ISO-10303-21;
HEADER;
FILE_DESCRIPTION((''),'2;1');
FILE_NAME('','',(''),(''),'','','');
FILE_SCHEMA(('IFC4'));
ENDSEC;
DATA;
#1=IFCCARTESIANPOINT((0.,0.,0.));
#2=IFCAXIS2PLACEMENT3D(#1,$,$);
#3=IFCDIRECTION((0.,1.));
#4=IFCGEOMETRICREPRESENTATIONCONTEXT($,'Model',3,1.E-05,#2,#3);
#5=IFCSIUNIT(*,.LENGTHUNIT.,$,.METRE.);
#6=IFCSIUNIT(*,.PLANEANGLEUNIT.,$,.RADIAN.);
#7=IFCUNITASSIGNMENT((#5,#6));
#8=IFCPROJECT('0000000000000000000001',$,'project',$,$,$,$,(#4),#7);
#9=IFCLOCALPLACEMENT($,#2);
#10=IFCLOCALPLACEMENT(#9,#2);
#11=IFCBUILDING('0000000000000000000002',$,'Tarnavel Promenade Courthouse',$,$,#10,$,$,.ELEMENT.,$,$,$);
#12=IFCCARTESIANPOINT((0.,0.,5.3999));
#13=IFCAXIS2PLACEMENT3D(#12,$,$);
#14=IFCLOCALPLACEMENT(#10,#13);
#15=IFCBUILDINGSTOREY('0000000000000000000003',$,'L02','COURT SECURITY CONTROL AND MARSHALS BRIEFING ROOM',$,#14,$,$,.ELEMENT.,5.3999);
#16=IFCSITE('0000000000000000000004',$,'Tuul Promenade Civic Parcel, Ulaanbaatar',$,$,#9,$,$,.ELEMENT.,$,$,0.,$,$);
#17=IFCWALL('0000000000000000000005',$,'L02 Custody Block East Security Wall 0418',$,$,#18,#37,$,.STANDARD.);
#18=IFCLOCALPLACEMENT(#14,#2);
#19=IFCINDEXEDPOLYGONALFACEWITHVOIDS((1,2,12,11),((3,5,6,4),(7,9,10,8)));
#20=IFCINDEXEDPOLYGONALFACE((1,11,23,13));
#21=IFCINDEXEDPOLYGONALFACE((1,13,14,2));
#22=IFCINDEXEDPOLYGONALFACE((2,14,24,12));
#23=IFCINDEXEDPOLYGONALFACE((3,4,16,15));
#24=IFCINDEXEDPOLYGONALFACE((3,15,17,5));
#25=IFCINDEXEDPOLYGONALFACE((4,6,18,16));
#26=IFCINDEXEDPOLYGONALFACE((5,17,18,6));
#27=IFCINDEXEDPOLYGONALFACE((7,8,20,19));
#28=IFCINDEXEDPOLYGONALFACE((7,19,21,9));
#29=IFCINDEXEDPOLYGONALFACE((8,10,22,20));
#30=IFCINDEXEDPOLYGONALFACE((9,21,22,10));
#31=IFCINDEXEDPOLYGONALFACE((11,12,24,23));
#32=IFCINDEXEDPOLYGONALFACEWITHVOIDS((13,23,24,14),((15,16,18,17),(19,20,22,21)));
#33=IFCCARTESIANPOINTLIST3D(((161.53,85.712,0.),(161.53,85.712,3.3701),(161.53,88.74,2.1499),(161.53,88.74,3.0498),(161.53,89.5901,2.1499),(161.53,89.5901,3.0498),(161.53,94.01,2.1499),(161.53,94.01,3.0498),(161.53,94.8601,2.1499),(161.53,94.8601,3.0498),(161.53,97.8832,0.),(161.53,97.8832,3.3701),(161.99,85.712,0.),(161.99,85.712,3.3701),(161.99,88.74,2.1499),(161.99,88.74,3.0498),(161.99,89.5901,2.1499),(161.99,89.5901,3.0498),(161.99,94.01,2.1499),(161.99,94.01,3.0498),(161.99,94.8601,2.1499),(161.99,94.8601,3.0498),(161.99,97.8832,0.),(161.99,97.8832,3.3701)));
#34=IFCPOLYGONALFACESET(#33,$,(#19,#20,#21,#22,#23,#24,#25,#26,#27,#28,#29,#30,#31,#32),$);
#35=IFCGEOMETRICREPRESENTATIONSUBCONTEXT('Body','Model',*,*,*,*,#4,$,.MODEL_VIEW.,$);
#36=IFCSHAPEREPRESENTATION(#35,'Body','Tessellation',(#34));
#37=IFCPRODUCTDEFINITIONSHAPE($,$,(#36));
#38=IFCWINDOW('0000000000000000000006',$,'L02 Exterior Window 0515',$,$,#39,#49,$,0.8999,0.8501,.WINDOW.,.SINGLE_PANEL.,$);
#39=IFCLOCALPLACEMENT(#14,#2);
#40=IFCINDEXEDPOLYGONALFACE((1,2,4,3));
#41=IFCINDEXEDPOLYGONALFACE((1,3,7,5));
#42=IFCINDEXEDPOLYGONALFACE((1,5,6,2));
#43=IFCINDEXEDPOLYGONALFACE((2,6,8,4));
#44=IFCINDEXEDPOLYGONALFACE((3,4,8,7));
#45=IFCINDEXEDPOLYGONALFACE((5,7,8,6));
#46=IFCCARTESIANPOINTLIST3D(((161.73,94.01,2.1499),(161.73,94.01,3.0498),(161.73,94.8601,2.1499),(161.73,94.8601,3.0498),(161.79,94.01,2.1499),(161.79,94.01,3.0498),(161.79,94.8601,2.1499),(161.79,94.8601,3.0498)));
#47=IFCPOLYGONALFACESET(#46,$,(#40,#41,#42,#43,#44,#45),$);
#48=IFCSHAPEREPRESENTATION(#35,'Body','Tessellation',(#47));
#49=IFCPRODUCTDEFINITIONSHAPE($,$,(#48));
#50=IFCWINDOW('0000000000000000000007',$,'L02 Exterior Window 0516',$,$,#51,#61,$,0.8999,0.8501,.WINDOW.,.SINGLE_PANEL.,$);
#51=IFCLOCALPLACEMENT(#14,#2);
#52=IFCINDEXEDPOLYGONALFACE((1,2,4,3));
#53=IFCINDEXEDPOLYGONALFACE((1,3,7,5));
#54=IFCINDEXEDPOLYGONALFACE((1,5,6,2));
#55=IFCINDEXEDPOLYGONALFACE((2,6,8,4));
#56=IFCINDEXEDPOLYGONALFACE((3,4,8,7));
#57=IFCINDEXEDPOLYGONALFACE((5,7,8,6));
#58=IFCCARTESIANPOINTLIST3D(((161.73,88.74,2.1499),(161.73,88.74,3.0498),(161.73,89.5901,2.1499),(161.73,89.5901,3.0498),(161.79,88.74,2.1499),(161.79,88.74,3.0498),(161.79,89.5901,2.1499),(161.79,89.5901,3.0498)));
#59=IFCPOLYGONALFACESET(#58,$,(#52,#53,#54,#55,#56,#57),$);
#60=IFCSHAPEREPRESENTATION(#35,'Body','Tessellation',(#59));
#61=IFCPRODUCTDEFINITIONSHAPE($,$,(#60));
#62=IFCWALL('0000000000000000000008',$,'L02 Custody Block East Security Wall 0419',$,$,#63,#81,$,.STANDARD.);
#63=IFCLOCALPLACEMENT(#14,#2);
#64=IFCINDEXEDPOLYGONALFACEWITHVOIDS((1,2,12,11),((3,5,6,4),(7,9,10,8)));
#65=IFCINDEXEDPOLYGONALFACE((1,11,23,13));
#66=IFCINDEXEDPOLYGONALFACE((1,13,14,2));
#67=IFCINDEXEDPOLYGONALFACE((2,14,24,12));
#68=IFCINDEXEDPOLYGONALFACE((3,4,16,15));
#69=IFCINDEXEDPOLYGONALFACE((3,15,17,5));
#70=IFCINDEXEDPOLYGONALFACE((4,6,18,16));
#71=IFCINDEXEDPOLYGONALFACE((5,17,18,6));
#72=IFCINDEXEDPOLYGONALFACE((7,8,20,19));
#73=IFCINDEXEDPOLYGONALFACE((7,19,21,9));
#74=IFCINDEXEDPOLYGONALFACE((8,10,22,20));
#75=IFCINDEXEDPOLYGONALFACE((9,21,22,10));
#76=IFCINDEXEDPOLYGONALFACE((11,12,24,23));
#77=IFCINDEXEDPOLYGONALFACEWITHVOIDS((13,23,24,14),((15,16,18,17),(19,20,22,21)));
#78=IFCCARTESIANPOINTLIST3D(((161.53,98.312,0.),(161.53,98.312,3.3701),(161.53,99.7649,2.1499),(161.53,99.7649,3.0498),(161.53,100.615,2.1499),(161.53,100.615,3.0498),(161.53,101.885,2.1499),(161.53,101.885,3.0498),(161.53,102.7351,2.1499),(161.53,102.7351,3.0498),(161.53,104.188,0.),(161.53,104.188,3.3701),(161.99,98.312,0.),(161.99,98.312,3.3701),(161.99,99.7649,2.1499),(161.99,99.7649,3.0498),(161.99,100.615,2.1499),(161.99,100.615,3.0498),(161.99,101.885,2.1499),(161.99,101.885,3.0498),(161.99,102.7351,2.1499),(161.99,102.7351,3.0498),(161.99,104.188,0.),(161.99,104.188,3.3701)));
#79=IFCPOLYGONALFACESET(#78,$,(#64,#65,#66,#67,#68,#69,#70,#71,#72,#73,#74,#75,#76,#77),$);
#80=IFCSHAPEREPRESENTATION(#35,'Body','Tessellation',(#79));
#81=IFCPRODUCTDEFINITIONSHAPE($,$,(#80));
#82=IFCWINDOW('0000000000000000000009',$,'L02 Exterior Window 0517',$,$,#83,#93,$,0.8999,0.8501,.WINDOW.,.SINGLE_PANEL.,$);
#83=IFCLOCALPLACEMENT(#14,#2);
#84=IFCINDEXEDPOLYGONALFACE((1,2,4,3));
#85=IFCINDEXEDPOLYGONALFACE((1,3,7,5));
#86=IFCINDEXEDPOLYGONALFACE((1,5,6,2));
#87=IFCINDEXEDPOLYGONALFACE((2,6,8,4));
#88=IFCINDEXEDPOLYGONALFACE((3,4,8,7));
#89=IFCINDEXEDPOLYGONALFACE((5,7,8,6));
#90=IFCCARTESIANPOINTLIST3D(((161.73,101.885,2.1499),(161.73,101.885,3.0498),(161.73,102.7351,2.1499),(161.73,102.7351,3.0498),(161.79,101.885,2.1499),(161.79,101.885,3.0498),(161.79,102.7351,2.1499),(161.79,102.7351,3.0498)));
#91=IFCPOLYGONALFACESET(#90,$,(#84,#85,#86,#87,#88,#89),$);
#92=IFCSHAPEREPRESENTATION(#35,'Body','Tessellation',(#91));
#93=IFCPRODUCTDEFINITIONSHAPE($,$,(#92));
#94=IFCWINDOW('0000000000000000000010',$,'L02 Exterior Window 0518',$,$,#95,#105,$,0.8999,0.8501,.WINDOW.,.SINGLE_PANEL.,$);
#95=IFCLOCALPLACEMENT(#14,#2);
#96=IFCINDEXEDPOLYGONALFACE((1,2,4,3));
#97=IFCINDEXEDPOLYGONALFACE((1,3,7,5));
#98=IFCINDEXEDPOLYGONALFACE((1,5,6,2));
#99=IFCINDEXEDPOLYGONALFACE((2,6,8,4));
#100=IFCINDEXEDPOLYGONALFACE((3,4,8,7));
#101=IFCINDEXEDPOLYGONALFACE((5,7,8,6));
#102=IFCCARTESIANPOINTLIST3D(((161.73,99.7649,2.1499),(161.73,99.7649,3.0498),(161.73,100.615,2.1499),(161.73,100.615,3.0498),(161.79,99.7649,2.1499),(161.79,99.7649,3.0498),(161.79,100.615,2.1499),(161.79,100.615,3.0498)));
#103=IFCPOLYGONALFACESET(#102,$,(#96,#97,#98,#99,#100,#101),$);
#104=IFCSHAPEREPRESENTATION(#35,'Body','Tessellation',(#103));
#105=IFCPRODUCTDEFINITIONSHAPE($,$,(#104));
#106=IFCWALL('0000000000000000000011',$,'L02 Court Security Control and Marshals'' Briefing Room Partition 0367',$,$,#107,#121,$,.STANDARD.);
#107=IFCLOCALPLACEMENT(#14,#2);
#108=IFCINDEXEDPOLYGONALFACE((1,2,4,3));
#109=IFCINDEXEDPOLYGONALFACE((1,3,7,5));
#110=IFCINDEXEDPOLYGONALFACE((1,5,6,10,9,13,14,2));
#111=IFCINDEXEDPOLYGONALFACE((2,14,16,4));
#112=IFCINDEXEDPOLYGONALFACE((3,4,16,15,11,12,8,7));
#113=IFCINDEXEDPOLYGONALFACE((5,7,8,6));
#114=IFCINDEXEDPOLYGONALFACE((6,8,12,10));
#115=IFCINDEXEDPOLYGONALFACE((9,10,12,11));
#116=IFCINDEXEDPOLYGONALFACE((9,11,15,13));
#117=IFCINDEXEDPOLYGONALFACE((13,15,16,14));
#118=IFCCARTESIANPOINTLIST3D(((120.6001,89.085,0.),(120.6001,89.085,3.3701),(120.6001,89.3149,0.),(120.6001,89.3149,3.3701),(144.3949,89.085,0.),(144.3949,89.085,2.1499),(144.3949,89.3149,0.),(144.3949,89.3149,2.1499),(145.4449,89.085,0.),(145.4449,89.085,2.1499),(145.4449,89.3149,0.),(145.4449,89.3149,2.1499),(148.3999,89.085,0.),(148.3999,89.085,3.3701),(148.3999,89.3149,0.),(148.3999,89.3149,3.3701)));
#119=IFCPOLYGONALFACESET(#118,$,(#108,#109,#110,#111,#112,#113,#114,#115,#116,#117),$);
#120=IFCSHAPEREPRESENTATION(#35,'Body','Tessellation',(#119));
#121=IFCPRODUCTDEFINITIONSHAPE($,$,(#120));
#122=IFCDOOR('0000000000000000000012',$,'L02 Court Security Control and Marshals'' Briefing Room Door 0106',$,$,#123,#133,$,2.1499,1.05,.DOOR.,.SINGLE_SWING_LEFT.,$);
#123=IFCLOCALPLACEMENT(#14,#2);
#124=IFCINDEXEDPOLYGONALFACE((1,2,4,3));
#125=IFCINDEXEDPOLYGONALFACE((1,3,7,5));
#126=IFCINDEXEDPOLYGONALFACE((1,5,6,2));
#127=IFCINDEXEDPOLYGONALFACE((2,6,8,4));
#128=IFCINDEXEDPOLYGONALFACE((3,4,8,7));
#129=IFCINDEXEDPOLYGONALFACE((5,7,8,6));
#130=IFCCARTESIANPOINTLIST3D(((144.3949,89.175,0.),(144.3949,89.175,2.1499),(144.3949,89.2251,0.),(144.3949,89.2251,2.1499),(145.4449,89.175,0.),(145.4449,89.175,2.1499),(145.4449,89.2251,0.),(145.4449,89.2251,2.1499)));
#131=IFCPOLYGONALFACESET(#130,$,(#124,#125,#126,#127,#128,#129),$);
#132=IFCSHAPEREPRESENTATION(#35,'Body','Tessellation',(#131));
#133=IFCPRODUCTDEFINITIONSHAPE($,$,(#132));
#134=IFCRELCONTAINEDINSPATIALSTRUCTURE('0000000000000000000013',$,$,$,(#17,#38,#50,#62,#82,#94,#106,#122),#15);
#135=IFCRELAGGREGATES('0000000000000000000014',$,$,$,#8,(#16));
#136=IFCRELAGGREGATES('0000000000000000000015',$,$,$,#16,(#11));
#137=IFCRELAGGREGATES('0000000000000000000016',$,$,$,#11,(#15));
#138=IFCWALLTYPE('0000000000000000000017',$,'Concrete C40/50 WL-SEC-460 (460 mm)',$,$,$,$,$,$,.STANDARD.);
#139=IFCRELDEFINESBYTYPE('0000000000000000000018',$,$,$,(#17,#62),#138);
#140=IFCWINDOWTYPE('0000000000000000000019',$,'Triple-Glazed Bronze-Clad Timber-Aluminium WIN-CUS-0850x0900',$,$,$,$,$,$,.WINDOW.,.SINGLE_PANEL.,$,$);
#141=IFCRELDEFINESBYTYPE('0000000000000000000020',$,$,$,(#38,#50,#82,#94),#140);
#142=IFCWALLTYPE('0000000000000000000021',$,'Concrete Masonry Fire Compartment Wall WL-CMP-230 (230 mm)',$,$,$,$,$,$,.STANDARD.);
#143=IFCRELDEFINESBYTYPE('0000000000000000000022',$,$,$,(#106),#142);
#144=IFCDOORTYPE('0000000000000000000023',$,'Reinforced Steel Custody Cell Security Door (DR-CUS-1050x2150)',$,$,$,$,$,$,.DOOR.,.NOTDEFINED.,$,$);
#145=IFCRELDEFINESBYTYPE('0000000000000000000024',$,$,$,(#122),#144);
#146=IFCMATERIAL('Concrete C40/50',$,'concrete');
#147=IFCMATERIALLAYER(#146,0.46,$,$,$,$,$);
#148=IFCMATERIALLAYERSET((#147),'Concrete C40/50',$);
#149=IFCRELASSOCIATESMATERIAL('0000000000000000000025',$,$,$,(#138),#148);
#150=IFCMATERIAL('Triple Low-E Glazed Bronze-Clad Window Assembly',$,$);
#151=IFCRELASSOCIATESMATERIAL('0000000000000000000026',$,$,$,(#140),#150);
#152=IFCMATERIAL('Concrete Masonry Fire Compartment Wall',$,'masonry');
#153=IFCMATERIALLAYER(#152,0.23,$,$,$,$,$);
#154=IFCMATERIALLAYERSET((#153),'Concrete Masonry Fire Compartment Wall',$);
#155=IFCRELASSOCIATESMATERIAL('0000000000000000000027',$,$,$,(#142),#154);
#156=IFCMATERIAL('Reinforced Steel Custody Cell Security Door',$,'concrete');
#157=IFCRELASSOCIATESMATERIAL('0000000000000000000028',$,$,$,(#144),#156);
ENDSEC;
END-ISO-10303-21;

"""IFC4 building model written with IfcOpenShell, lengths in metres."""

from ifc_helpers import new_model, si_unit, direction, frame, frame_2d, origin, place, context, subcontext, project, spatial, rectangle, extrude, material, layer, layer_set, type_object, element, fill, save


model = new_model("IFC4")

# Units and contexts
model_context = context("Model", 3, precision=1e-05, world=origin(), true_north=direction((0.0, 1.0)))
body_context = subcontext(model_context, "Body", "Model", "MODEL_VIEW")
ifc_project = project(units=[si_unit("LENGTHUNIT", "METRE"), si_unit("PLANEANGLEUNIT", "RADIAN")], contexts=[model_context])

# Site, building, storey
site_placement = place(None, origin())
site = spatial("IfcSite", under=ifc_project, at=site_placement, Name="Tuul Promenade Civic Parcel, Ulaanbaatar", CompositionType="ELEMENT", RefElevation=0.0)
building_placement = place(site_placement, origin())
building = spatial("IfcBuilding", under=site, at=building_placement, Name="Tarnavel Promenade Courthouse", CompositionType="ELEMENT")
storey_placement = place(building_placement, frame((0.0, 0.0, 5.3999)))
storey = spatial("IfcBuildingStorey", under=building, at=storey_placement, Name="L02", Description="COURT SECURITY CONTROL AND MARSHALS BRIEFING ROOM", CompositionType="ELEMENT", Elevation=5.3999)

# Shared definitions
ifc_material_1 = material(Name="Concrete C40/50", Category="concrete")

# Walls, openings, windows
ifc_layer_1 = layer(ifc_material_1, 0.46)
ifc_layer_set_1 = layer_set([ifc_layer_1], Name="Concrete C40/50")
wall_type_1 = type_object("IfcWallType", Name="Concrete C40/50 WL-SEC-460 (460 mm)", PredefinedType="STANDARD", material=ifc_layer_set_1)
wall_1_placement = place(storey_placement, frame((161.76, 97.8831, 0.0), z_axis=(0.0, 0.0, 1.0), x_axis=(0.0, -1.0, 0.0)))
wall_1 = element("IfcWall", 1, at=wall_1_placement, inside=storey, type_object=wall_type_1, Name="L02 Custody Block East Security Wall 0418", PredefinedType="STANDARD", context=body_context, shape_type="SweptSolid", body=[
    extrude(rectangle(XDim=12.1711, YDim=0.46, at=frame_2d((6.0854, 0.0))), origin(), (0.0, 0.0, 1.0), 3.3701),
])
opening_1_placement = place(wall_1_placement, frame((3.0229, 0.0, 2.1499)))
opening_1 = element("IfcOpeningElement", 2, at=opening_1_placement, cuts=wall_1, PredefinedType="OPENING", context=body_context, shape_type="SweptSolid", body=[
    extrude(rectangle(XDim=0.8501, YDim=0.8999, at=frame_2d((0.425, 0.45))), frame((0.0, 0.24, 0.0), z_axis=(0.0, -1.0, 0.0), x_axis=(1.0, 0.0, 0.0)), (0.0, 0.0, 1.0), 0.48),
])
opening_2_placement = place(wall_1_placement, frame((8.293, 0.0, 2.1499)))
opening_2 = element("IfcOpeningElement", 3, at=opening_2_placement, cuts=wall_1, PredefinedType="OPENING", context=body_context, shape_type="SweptSolid", body=[
    extrude(rectangle(XDim=0.8501, YDim=0.8999, at=frame_2d((0.425, 0.45))), frame((0.0, 0.24, 0.0), z_axis=(0.0, -1.0, 0.0), x_axis=(1.0, 0.0, 0.0)), (0.0, 0.0, 1.0), 0.48),
])
ifc_material_2 = material(Name="Triple Low-E Glazed Bronze-Clad Window Assembly")
window_type = type_object("IfcWindowType", Name="Triple-Glazed Bronze-Clad Timber-Aluminium WIN-CUS-0850x0900", PartitioningType="SINGLE_PANEL", PredefinedType="WINDOW", material=ifc_material_2)
window_1_placement = place(opening_1_placement, origin())
window_1 = element("IfcWindow", 4, at=window_1_placement, inside=storey, type_object=window_type, Name="L02 Exterior Window 0515", OverallHeight=0.8999, OverallWidth=0.8501, PartitioningType="SINGLE_PANEL", PredefinedType="WINDOW", context=body_context, shape_type="SweptSolid", body=[
    extrude(rectangle(XDim=0.8501, YDim=0.8999, at=frame_2d((0.425, 0.45))), frame((0.0, 0.03, 0.0), z_axis=(0.0, -1.0, 0.0), x_axis=(1.0, 0.0, 0.0)), (0.0, 0.0, 1.0), 0.0601),
])
fill(opening_1, window_1)
window_2_placement = place(opening_2_placement, origin())
window_2 = element("IfcWindow", 5, at=window_2_placement, inside=storey, type_object=window_type, Name="L02 Exterior Window 0516", OverallHeight=0.8999, OverallWidth=0.8501, PartitioningType="SINGLE_PANEL", PredefinedType="WINDOW", context=body_context, shape_type="SweptSolid", body=[
    extrude(rectangle(XDim=0.8501, YDim=0.8999, at=frame_2d((0.425, 0.45))), frame((0.0, 0.03, 0.0), z_axis=(0.0, -1.0, 0.0), x_axis=(1.0, 0.0, 0.0)), (0.0, 0.0, 1.0), 0.0601),
])
fill(opening_2, window_2)
wall_2_placement = place(storey_placement, frame((161.76, 104.188, 0.0), z_axis=(0.0, 0.0, 1.0), x_axis=(0.0, -1.0, 0.0)))
wall_2 = element("IfcWall", 6, at=wall_2_placement, inside=storey, type_object=wall_type_1, Name="L02 Custody Block East Security Wall 0419", PredefinedType="STANDARD", context=body_context, shape_type="SweptSolid", body=[
    extrude(rectangle(XDim=5.876, YDim=0.46, at=frame_2d((2.938, 0.0))), origin(), (0.0, 0.0, 1.0), 3.3701),
])
opening_3_placement = place(wall_2_placement, frame((1.4529, 0.0, 2.1499)))
opening_3 = element("IfcOpeningElement", 7, at=opening_3_placement, cuts=wall_2, PredefinedType="OPENING", context=body_context, shape_type="SweptSolid", body=[
    extrude(rectangle(XDim=0.8501, YDim=0.8999, at=frame_2d((0.425, 0.45))), frame((0.0, 0.24, 0.0), z_axis=(0.0, -1.0, 0.0), x_axis=(1.0, 0.0, 0.0)), (0.0, 0.0, 1.0), 0.48),
])
opening_4_placement = place(wall_2_placement, frame((3.573, 0.0, 2.1499)))
opening_4 = element("IfcOpeningElement", 8, at=opening_4_placement, cuts=wall_2, PredefinedType="OPENING", context=body_context, shape_type="SweptSolid", body=[
    extrude(rectangle(XDim=0.8501, YDim=0.8999, at=frame_2d((0.425, 0.45))), frame((0.0, 0.24, 0.0), z_axis=(0.0, -1.0, 0.0), x_axis=(1.0, 0.0, 0.0)), (0.0, 0.0, 1.0), 0.48),
])
window_3_placement = place(opening_3_placement, origin())
window_3 = element("IfcWindow", 9, at=window_3_placement, inside=storey, type_object=window_type, Name="L02 Exterior Window 0517", OverallHeight=0.8999, OverallWidth=0.8501, PartitioningType="SINGLE_PANEL", PredefinedType="WINDOW", context=body_context, shape_type="SweptSolid", body=[
    extrude(rectangle(XDim=0.8501, YDim=0.8999, at=frame_2d((0.425, 0.45))), frame((0.0, 0.03, 0.0), z_axis=(0.0, -1.0, 0.0), x_axis=(1.0, 0.0, 0.0)), (0.0, 0.0, 1.0), 0.0601),
])
fill(opening_3, window_3)
window_4_placement = place(opening_4_placement, origin())
window_4 = element("IfcWindow", 10, at=window_4_placement, inside=storey, type_object=window_type, Name="L02 Exterior Window 0518", OverallHeight=0.8999, OverallWidth=0.8501, PartitioningType="SINGLE_PANEL", PredefinedType="WINDOW", context=body_context, shape_type="SweptSolid", body=[
    extrude(rectangle(XDim=0.8501, YDim=0.8999, at=frame_2d((0.425, 0.45))), frame((0.0, 0.03, 0.0), z_axis=(0.0, -1.0, 0.0), x_axis=(1.0, 0.0, 0.0)), (0.0, 0.0, 1.0), 0.0601),
])
fill(opening_4, window_4)

# Wall, opening, door
ifc_material_3 = material(Name="Concrete Masonry Fire Compartment Wall", Category="masonry")
ifc_layer_2 = layer(ifc_material_3, 0.23)
ifc_layer_set_2 = layer_set([ifc_layer_2], Name="Concrete Masonry Fire Compartment Wall")
wall_type_2 = type_object("IfcWallType", Name="Concrete Masonry Fire Compartment Wall WL-CMP-230 (230 mm)", PredefinedType="STANDARD", material=ifc_layer_set_2)
wall_3_placement = place(storey_placement, frame((148.3999, 89.2, 0.0), z_axis=(0.0, 0.0, 1.0), x_axis=(-1.0, 0.0, 0.0)))
wall_3 = element("IfcWall", 11, at=wall_3_placement, inside=storey, type_object=wall_type_2, Name="L02 Court Security Control and Marshals' Briefing Room Partition 0367", PredefinedType="STANDARD", context=body_context, shape_type="SweptSolid", body=[
    extrude(rectangle(XDim=27.7998, YDim=0.23, at=frame_2d((13.8999, 0.0))), origin(), (0.0, 0.0, 1.0), 3.3701),
])
opening_5_placement = place(wall_3_placement, frame((2.9551, 0.0, 0.0)))
opening_5 = element("IfcOpeningElement", 12, at=opening_5_placement, cuts=wall_3, PredefinedType="OPENING", context=body_context, shape_type="SweptSolid", body=[
    extrude(rectangle(XDim=1.05, YDim=2.1499, at=frame_2d((0.5249, 1.075))), frame((0.0, 0.125, 0.0), z_axis=(0.0, -1.0, 0.0), x_axis=(1.0, 0.0, 0.0)), (0.0, 0.0, 1.0), 0.25),
])
ifc_material_4 = material(Name="Reinforced Steel Custody Cell Security Door", Category="concrete")
door_type = type_object("IfcDoorType", Name="Reinforced Steel Custody Cell Security Door (DR-CUS-1050x2150)", OperationType="NOTDEFINED", PredefinedType="DOOR", material=ifc_material_4)
door_placement = place(opening_5_placement, origin())
door = element("IfcDoor", 13, at=door_placement, inside=storey, type_object=door_type, Name="L02 Court Security Control and Marshals' Briefing Room Door 0106", OperationType="SINGLE_SWING_LEFT", OverallHeight=2.1499, OverallWidth=1.05, PredefinedType="DOOR", context=body_context, shape_type="SweptSolid", body=[
    extrude(rectangle(XDim=1.05, YDim=2.1499, at=frame_2d((0.5249, 1.075))), frame((0.0, 0.0249, 0.0), z_axis=(0.0, -1.0, 0.0), x_axis=(1.0, 0.0, 0.0)), (0.0, 0.0, 1.0), 0.05),
])
fill(opening_5, door)

save(model, "model.ifc")
